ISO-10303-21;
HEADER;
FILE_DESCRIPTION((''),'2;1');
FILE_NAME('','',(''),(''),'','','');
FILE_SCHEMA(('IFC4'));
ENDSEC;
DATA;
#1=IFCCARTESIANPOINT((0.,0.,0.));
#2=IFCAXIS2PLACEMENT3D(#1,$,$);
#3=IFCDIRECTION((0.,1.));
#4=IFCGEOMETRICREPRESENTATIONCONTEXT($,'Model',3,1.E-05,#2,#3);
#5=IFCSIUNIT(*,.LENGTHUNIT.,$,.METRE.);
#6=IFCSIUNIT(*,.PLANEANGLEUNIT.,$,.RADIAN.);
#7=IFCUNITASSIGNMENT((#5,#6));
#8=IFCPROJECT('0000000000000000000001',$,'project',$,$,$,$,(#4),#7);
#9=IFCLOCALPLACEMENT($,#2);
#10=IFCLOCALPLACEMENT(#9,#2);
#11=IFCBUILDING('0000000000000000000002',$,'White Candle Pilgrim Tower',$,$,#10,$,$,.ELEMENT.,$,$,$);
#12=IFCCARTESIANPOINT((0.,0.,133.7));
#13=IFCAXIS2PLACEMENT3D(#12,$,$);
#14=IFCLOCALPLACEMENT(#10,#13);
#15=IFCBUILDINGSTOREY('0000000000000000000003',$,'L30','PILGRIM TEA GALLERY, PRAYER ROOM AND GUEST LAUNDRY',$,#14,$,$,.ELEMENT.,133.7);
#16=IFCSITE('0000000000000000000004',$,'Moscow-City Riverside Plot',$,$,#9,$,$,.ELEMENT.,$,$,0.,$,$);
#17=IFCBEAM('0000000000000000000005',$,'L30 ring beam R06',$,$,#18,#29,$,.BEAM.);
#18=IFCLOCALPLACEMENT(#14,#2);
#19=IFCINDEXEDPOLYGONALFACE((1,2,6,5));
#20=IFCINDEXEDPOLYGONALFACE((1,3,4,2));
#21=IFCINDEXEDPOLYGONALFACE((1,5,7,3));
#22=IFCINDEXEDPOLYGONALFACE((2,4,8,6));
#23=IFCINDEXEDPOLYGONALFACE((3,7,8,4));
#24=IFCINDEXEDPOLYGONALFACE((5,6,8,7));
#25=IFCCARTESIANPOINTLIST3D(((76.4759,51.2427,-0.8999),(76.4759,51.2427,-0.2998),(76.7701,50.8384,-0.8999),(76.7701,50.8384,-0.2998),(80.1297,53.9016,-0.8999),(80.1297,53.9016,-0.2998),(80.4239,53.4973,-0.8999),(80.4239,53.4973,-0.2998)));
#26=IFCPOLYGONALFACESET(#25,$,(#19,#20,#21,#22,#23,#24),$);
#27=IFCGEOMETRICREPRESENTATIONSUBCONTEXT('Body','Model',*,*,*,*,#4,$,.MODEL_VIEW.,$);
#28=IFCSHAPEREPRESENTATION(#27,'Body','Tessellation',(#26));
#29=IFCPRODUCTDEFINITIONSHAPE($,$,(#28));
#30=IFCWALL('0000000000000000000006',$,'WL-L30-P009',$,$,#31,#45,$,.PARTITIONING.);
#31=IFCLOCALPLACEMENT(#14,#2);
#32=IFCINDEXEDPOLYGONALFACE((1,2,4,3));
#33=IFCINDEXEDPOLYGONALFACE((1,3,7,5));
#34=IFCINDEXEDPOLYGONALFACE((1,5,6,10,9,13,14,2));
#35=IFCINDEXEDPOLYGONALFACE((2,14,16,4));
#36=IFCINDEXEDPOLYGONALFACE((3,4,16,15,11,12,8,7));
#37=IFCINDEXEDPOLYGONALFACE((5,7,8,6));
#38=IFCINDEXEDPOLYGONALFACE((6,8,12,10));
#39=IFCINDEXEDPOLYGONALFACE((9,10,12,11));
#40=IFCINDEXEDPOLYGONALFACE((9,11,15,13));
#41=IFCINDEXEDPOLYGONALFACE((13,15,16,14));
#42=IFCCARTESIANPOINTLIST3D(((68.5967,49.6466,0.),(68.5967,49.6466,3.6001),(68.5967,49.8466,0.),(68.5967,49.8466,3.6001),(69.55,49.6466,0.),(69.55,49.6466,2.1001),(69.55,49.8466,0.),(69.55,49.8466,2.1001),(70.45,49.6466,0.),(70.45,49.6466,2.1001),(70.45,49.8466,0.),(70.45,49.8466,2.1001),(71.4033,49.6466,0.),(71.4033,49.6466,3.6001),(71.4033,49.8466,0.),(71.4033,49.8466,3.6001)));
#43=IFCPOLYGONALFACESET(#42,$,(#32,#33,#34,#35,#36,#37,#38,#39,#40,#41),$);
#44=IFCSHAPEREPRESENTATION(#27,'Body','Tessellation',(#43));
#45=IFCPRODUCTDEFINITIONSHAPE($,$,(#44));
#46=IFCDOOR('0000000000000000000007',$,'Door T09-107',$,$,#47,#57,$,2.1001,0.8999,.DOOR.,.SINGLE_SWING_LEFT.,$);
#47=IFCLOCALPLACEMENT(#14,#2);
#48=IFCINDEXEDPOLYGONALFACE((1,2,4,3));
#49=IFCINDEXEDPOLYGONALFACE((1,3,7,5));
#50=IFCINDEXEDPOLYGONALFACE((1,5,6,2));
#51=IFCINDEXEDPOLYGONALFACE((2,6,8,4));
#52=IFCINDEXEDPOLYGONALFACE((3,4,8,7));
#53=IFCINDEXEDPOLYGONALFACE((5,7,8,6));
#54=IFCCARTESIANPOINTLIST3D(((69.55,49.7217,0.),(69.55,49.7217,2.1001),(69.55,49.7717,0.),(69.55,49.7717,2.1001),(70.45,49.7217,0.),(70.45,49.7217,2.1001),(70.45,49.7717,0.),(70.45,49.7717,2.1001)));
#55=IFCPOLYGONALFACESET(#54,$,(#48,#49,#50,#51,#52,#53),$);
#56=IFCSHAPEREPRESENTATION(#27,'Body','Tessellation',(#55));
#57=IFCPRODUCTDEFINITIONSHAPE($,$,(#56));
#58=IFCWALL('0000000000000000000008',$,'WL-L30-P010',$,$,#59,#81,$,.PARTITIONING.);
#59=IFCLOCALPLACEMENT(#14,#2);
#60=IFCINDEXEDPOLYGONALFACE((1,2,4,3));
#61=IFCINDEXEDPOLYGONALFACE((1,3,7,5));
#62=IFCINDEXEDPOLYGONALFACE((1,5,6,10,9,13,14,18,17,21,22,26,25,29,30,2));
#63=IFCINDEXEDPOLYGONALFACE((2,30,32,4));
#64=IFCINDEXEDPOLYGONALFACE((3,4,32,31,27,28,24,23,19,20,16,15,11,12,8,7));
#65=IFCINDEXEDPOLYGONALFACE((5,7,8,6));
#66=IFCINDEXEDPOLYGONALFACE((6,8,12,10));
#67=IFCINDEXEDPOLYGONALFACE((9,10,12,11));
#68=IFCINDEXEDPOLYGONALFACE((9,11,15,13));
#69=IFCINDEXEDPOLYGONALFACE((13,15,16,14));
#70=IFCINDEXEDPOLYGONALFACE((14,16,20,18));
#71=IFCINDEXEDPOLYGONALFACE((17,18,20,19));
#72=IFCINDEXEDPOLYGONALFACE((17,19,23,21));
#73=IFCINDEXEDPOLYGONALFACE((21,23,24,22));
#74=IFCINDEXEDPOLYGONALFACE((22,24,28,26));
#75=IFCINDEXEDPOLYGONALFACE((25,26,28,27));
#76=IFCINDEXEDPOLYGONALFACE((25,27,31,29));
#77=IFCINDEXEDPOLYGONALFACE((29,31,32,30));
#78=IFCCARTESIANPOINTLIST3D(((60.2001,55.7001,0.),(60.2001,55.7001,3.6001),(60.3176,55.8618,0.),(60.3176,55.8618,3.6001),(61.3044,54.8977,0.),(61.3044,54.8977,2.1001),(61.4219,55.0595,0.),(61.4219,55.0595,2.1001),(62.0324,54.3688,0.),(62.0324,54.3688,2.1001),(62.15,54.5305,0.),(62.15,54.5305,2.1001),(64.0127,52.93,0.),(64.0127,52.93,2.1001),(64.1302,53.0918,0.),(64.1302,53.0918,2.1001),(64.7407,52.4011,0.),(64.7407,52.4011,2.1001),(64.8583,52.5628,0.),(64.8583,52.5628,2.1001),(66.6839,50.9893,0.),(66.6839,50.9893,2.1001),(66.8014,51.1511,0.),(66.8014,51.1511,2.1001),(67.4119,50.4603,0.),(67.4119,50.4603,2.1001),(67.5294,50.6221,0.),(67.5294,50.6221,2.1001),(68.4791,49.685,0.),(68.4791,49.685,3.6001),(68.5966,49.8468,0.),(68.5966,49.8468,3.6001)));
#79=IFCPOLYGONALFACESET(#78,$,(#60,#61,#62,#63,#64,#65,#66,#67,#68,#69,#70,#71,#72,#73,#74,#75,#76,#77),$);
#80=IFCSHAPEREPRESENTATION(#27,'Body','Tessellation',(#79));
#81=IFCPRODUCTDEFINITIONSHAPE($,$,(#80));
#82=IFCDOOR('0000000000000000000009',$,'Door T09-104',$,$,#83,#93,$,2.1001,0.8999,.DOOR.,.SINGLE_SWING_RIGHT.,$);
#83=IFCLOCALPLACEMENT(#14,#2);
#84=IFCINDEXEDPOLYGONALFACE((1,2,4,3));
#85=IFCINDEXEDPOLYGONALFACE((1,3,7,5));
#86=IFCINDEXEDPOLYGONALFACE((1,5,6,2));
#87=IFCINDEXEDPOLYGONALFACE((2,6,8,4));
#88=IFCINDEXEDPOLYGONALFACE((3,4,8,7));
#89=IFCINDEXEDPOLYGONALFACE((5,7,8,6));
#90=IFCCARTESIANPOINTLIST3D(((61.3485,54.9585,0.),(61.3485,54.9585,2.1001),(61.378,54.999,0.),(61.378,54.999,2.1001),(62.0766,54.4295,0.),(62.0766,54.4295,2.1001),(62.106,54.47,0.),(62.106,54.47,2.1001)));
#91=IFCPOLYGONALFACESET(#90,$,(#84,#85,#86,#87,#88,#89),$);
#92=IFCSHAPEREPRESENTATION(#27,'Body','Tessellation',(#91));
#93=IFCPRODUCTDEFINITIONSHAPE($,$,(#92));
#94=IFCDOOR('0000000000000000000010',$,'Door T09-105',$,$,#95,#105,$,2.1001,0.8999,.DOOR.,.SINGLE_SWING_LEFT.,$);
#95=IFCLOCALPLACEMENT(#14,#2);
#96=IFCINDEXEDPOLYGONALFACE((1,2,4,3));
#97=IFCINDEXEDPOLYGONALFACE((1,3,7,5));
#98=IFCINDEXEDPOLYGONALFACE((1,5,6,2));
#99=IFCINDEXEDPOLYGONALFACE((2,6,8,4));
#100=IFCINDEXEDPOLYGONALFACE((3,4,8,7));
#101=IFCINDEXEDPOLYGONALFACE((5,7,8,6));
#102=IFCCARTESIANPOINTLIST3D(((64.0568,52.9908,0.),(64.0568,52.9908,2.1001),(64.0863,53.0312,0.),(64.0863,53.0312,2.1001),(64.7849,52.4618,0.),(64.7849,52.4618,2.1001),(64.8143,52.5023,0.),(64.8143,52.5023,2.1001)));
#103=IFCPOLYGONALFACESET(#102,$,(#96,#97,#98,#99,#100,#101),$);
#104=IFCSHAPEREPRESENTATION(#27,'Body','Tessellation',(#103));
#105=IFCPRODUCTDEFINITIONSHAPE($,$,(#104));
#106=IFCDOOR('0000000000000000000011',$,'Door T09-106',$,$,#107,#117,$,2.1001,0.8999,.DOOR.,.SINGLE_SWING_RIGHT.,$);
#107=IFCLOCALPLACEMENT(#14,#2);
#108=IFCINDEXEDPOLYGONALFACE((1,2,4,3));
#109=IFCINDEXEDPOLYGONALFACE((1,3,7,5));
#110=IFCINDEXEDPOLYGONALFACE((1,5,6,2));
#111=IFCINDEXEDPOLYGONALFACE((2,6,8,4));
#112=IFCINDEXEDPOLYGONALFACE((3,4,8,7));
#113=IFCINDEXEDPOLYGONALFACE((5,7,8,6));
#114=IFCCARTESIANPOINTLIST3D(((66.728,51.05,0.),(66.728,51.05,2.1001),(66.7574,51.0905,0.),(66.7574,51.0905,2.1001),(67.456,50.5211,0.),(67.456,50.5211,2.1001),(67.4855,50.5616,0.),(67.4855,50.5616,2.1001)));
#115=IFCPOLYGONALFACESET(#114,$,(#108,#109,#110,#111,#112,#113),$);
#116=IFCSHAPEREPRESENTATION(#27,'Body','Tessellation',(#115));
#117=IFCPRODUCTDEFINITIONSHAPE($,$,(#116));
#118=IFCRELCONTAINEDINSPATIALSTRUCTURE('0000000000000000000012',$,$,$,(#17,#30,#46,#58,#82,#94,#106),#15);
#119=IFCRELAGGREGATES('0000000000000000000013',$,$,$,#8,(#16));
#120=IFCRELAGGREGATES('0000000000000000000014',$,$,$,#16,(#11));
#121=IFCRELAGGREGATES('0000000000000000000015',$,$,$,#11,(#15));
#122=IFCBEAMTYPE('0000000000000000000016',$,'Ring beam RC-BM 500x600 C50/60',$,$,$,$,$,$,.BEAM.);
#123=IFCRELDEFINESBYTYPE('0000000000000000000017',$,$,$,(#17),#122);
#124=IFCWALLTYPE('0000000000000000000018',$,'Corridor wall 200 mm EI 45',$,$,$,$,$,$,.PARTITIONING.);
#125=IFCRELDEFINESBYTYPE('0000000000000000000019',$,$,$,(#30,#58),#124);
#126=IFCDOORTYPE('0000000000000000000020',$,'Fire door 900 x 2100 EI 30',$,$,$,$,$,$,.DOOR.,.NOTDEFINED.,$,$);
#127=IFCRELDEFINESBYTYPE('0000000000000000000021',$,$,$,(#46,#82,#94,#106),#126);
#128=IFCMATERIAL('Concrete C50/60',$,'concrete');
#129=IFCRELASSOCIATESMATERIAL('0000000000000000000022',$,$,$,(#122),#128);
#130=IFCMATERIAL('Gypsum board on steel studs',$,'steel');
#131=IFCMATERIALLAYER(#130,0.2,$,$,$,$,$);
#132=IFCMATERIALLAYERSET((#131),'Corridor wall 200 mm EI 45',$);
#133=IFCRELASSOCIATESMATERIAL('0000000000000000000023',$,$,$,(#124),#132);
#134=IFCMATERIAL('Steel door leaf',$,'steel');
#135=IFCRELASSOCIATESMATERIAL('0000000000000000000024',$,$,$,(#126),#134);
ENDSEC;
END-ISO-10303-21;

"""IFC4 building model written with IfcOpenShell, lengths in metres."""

from ifc_helpers import new_model, si_unit, direction, frame, frame_2d, origin, origin_2d, place, context, subcontext, project, spatial, rectangle, extrude, material, layer, layer_set, material_profile, profile_set, type_object, element, fill, save


model = new_model("IFC4")

# Units and contexts
model_context = context("Model", 3, precision=1e-05, world=origin(), true_north=direction((0.0, 1.0)))
body_context = subcontext(model_context, "Body", "Model", "MODEL_VIEW")
ifc_project = project(units=[si_unit("LENGTHUNIT", "METRE"), si_unit("PLANEANGLEUNIT", "RADIAN")], contexts=[model_context])

# Site, building, storey
site_placement = place(None, origin())
site = spatial("IfcSite", under=ifc_project, at=site_placement, Name="Moscow-City Riverside Plot", CompositionType="ELEMENT", RefElevation=0.0)
building_placement = place(site_placement, origin())
building = spatial("IfcBuilding", under=site, at=building_placement, Name="White Candle Pilgrim Tower", CompositionType="ELEMENT")
storey_placement = place(building_placement, frame((0.0, 0.0, 133.7)))
storey = spatial("IfcBuildingStorey", under=building, at=storey_placement, Name="L30", Description="PILGRIM TEA GALLERY, PRAYER ROOM AND GUEST LAUNDRY", CompositionType="ELEMENT", Elevation=133.7)

# Beam
ifc_material_1 = material(Name="Concrete C50/60", Category="concrete")
ifc_material_profile_1 = material_profile(ifc_material_1, rectangle(XDim=0.5, YDim=0.6001, at=origin_2d()), Name="RC-BM 500x600")
ifc_profile_set_1 = profile_set([ifc_material_profile_1], Name="Concrete C50/60")
beam_type = type_object("IfcBeamType", Name="Ring beam RC-BM 500x600 C50/60", PredefinedType="BEAM", material=ifc_profile_set_1)
beam_1_placement = place(storey_placement, frame((76.623, 51.0405, -0.5999), z_axis=(0.808566, 0.588406, 0.0), x_axis=(-0.588406, 0.808566, 0.0)))
element("IfcBeam", 1, at=beam_1_placement, inside=storey, type_object=beam_type, Name="L30 ring beam R06", PredefinedType="BEAM", context=body_context, shape_type="SweptSolid", body=[
    extrude(rectangle(XDim=0.5, YDim=0.6001, at=origin_2d()), origin(), (0.0, 0.0, 1.0), 4.5188),
])

# Wall, opening, door
ifc_material_2 = material(Name="Gypsum board on steel studs", Category="steel")
ifc_layer_1 = layer(ifc_material_2, 0.2)
ifc_layer_set_1 = layer_set([ifc_layer_1], Name="Corridor wall 200 mm EI 45")
wall_type_1 = type_object("IfcWallType", Name="Corridor wall 200 mm EI 45", PredefinedType="PARTITIONING", material=ifc_layer_set_1)
wall_1_placement = place(storey_placement, frame((71.4033, 49.7466, 0.0), z_axis=(0.0, 0.0, 1.0), x_axis=(-1.0, 0.0, 0.0)))
wall_1 = element("IfcWall", 2, at=wall_1_placement, inside=storey, type_object=wall_type_1, Name="WL-L30-P009", PredefinedType="PARTITIONING", context=body_context, shape_type="SweptSolid", body=[
    extrude(rectangle(XDim=2.8066, YDim=0.2, at=frame_2d((1.4033, 0.0))), origin(), (0.0, 0.0, 1.0), 3.6001),
])
opening_1_placement = place(wall_1_placement, frame((0.9534, 0.0, 0.0)))
opening_1 = element("IfcOpeningElement", 3, at=opening_1_placement, cuts=wall_1, PredefinedType="OPENING", context=body_context, shape_type="SweptSolid", body=[
    extrude(rectangle(XDim=0.8999, YDim=2.1001, at=frame_2d((0.45, 1.05))), frame((0.0, 0.1099, 0.0), z_axis=(0.0, -1.0, 0.0), x_axis=(1.0, 0.0, 0.0)), (0.0, 0.0, 1.0), 0.22),
])
ifc_material_3 = material(Name="Steel door leaf", Category="steel")
door_type_1 = type_object("IfcDoorType", Name="Fire door 900 x 2100 EI 30", OperationType="NOTDEFINED", PredefinedType="DOOR", material=ifc_material_3)
door_1_placement = place(opening_1_placement, origin())
door_1 = element("IfcDoor", 4, at=door_1_placement, inside=storey, type_object=door_type_1, Name="Door T09-107", OperationType="SINGLE_SWING_LEFT", OverallHeight=2.1001, OverallWidth=0.8999, PredefinedType="DOOR", context=body_context, shape_type="SweptSolid", body=[
    extrude(rectangle(XDim=0.8999, YDim=2.1001, at=frame_2d((0.45, 1.05))), frame((0.0, 0.0249, 0.0), z_axis=(0.0, -1.0, 0.0), x_axis=(1.0, 0.0, 0.0)), (0.0, 0.0, 1.0), 0.05),
])
fill(opening_1, door_1)

# Wall, openings, doors
wall_2_placement = place(storey_placement, frame((68.5378, 49.7659, 0.0), z_axis=(0.0, 0.0, 1.0), x_axis=(-0.809015, 0.587789, 0.0)))
wall_2 = element("IfcWall", 5, at=wall_2_placement, inside=storey, type_object=wall_type_1, Name="WL-L30-P010", PredefinedType="PARTITIONING", context=body_context, shape_type="SweptSolid", body=[
    extrude(rectangle(XDim=10.2334, YDim=0.2, at=frame_2d((5.1167, 0.0))), origin(), (0.0, 0.0, 1.0), 3.6001),
])
opening_2_placement = place(wall_2_placement, frame((7.9685, 0.0, 0.0)))
opening_2 = element("IfcOpeningElement", 6, at=opening_2_placement, cuts=wall_2, PredefinedType="OPENING", context=body_context, shape_type="SweptSolid", body=[
    extrude(rectangle(XDim=0.8999, YDim=2.1001, at=frame_2d((0.45, 1.05))), frame((0.0, 0.1099, 0.0), z_axis=(0.0, -1.0, 0.0), x_axis=(1.0, 0.0, 0.0)), (0.0, 0.0, 1.0), 0.22),
])
opening_3_placement = place(wall_2_placement, frame((4.6208, 0.0, 0.0)))
opening_3 = element("IfcOpeningElement", 7, at=opening_3_placement, cuts=wall_2, PredefinedType="OPENING", context=body_context, shape_type="SweptSolid", body=[
    extrude(rectangle(XDim=0.8999, YDim=2.1001, at=frame_2d((0.45, 1.05))), frame((0.0, 0.1099, 0.0), z_axis=(0.0, -1.0, 0.0), x_axis=(1.0, 0.0, 0.0)), (0.0, 0.0, 1.0), 0.22),
])
opening_4_placement = place(wall_2_placement, frame((1.3191, 0.0, 0.0)))
opening_4 = element("IfcOpeningElement", 8, at=opening_4_placement, cuts=wall_2, PredefinedType="OPENING", context=body_context, shape_type="SweptSolid", body=[
    extrude(rectangle(XDim=0.8999, YDim=2.1001, at=frame_2d((0.45, 1.05))), frame((0.0, 0.1099, 0.0), z_axis=(0.0, -1.0, 0.0), x_axis=(1.0, 0.0, 0.0)), (0.0, 0.0, 1.0), 0.22),
])
door_2_placement = place(opening_2_placement, origin())
door_2 = element("IfcDoor", 9, at=door_2_placement, inside=storey, type_object=door_type_1, Name="Door T09-104", OperationType="SINGLE_SWING_RIGHT", OverallHeight=2.1001, OverallWidth=0.8999, PredefinedType="DOOR", context=body_context, shape_type="SweptSolid", body=[
    extrude(rectangle(XDim=0.8999, YDim=2.1001, at=frame_2d((0.45, 1.05))), frame((0.0, 0.0249, 0.0), z_axis=(0.0, -1.0, 0.0), x_axis=(1.0, 0.0, 0.0)), (0.0, 0.0, 1.0), 0.05),
])
fill(opening_2, door_2)
door_3_placement = place(opening_3_placement, origin())
door_3 = element("IfcDoor", 10, at=door_3_placement, inside=storey, type_object=door_type_1, Name="Door T09-105", OperationType="SINGLE_SWING_LEFT", OverallHeight=2.1001, OverallWidth=0.8999, PredefinedType="DOOR", context=body_context, shape_type="SweptSolid", body=[
    extrude(rectangle(XDim=0.8999, YDim=2.1001, at=frame_2d((0.45, 1.05))), frame((0.0, 0.0249, 0.0), z_axis=(0.0, -1.0, 0.0), x_axis=(1.0, 0.0, 0.0)), (0.0, 0.0, 1.0), 0.05),
])
fill(opening_3, door_3)
door_4_placement = place(opening_4_placement, origin())
door_4 = element("IfcDoor", 11, at=door_4_placement, inside=storey, type_object=door_type_1, Name="Door T09-106", OperationType="SINGLE_SWING_RIGHT", OverallHeight=2.1001, OverallWidth=0.8999, PredefinedType="DOOR", context=body_context, shape_type="SweptSolid", body=[
    extrude(rectangle(XDim=0.8999, YDim=2.1001, at=frame_2d((0.45, 1.05))), frame((0.0, 0.0249, 0.0), z_axis=(0.0, -1.0, 0.0), x_axis=(1.0, 0.0, 0.0)), (0.0, 0.0, 1.0), 0.05),
])
fill(opening_4, door_4)

save(model, "model.ifc")
